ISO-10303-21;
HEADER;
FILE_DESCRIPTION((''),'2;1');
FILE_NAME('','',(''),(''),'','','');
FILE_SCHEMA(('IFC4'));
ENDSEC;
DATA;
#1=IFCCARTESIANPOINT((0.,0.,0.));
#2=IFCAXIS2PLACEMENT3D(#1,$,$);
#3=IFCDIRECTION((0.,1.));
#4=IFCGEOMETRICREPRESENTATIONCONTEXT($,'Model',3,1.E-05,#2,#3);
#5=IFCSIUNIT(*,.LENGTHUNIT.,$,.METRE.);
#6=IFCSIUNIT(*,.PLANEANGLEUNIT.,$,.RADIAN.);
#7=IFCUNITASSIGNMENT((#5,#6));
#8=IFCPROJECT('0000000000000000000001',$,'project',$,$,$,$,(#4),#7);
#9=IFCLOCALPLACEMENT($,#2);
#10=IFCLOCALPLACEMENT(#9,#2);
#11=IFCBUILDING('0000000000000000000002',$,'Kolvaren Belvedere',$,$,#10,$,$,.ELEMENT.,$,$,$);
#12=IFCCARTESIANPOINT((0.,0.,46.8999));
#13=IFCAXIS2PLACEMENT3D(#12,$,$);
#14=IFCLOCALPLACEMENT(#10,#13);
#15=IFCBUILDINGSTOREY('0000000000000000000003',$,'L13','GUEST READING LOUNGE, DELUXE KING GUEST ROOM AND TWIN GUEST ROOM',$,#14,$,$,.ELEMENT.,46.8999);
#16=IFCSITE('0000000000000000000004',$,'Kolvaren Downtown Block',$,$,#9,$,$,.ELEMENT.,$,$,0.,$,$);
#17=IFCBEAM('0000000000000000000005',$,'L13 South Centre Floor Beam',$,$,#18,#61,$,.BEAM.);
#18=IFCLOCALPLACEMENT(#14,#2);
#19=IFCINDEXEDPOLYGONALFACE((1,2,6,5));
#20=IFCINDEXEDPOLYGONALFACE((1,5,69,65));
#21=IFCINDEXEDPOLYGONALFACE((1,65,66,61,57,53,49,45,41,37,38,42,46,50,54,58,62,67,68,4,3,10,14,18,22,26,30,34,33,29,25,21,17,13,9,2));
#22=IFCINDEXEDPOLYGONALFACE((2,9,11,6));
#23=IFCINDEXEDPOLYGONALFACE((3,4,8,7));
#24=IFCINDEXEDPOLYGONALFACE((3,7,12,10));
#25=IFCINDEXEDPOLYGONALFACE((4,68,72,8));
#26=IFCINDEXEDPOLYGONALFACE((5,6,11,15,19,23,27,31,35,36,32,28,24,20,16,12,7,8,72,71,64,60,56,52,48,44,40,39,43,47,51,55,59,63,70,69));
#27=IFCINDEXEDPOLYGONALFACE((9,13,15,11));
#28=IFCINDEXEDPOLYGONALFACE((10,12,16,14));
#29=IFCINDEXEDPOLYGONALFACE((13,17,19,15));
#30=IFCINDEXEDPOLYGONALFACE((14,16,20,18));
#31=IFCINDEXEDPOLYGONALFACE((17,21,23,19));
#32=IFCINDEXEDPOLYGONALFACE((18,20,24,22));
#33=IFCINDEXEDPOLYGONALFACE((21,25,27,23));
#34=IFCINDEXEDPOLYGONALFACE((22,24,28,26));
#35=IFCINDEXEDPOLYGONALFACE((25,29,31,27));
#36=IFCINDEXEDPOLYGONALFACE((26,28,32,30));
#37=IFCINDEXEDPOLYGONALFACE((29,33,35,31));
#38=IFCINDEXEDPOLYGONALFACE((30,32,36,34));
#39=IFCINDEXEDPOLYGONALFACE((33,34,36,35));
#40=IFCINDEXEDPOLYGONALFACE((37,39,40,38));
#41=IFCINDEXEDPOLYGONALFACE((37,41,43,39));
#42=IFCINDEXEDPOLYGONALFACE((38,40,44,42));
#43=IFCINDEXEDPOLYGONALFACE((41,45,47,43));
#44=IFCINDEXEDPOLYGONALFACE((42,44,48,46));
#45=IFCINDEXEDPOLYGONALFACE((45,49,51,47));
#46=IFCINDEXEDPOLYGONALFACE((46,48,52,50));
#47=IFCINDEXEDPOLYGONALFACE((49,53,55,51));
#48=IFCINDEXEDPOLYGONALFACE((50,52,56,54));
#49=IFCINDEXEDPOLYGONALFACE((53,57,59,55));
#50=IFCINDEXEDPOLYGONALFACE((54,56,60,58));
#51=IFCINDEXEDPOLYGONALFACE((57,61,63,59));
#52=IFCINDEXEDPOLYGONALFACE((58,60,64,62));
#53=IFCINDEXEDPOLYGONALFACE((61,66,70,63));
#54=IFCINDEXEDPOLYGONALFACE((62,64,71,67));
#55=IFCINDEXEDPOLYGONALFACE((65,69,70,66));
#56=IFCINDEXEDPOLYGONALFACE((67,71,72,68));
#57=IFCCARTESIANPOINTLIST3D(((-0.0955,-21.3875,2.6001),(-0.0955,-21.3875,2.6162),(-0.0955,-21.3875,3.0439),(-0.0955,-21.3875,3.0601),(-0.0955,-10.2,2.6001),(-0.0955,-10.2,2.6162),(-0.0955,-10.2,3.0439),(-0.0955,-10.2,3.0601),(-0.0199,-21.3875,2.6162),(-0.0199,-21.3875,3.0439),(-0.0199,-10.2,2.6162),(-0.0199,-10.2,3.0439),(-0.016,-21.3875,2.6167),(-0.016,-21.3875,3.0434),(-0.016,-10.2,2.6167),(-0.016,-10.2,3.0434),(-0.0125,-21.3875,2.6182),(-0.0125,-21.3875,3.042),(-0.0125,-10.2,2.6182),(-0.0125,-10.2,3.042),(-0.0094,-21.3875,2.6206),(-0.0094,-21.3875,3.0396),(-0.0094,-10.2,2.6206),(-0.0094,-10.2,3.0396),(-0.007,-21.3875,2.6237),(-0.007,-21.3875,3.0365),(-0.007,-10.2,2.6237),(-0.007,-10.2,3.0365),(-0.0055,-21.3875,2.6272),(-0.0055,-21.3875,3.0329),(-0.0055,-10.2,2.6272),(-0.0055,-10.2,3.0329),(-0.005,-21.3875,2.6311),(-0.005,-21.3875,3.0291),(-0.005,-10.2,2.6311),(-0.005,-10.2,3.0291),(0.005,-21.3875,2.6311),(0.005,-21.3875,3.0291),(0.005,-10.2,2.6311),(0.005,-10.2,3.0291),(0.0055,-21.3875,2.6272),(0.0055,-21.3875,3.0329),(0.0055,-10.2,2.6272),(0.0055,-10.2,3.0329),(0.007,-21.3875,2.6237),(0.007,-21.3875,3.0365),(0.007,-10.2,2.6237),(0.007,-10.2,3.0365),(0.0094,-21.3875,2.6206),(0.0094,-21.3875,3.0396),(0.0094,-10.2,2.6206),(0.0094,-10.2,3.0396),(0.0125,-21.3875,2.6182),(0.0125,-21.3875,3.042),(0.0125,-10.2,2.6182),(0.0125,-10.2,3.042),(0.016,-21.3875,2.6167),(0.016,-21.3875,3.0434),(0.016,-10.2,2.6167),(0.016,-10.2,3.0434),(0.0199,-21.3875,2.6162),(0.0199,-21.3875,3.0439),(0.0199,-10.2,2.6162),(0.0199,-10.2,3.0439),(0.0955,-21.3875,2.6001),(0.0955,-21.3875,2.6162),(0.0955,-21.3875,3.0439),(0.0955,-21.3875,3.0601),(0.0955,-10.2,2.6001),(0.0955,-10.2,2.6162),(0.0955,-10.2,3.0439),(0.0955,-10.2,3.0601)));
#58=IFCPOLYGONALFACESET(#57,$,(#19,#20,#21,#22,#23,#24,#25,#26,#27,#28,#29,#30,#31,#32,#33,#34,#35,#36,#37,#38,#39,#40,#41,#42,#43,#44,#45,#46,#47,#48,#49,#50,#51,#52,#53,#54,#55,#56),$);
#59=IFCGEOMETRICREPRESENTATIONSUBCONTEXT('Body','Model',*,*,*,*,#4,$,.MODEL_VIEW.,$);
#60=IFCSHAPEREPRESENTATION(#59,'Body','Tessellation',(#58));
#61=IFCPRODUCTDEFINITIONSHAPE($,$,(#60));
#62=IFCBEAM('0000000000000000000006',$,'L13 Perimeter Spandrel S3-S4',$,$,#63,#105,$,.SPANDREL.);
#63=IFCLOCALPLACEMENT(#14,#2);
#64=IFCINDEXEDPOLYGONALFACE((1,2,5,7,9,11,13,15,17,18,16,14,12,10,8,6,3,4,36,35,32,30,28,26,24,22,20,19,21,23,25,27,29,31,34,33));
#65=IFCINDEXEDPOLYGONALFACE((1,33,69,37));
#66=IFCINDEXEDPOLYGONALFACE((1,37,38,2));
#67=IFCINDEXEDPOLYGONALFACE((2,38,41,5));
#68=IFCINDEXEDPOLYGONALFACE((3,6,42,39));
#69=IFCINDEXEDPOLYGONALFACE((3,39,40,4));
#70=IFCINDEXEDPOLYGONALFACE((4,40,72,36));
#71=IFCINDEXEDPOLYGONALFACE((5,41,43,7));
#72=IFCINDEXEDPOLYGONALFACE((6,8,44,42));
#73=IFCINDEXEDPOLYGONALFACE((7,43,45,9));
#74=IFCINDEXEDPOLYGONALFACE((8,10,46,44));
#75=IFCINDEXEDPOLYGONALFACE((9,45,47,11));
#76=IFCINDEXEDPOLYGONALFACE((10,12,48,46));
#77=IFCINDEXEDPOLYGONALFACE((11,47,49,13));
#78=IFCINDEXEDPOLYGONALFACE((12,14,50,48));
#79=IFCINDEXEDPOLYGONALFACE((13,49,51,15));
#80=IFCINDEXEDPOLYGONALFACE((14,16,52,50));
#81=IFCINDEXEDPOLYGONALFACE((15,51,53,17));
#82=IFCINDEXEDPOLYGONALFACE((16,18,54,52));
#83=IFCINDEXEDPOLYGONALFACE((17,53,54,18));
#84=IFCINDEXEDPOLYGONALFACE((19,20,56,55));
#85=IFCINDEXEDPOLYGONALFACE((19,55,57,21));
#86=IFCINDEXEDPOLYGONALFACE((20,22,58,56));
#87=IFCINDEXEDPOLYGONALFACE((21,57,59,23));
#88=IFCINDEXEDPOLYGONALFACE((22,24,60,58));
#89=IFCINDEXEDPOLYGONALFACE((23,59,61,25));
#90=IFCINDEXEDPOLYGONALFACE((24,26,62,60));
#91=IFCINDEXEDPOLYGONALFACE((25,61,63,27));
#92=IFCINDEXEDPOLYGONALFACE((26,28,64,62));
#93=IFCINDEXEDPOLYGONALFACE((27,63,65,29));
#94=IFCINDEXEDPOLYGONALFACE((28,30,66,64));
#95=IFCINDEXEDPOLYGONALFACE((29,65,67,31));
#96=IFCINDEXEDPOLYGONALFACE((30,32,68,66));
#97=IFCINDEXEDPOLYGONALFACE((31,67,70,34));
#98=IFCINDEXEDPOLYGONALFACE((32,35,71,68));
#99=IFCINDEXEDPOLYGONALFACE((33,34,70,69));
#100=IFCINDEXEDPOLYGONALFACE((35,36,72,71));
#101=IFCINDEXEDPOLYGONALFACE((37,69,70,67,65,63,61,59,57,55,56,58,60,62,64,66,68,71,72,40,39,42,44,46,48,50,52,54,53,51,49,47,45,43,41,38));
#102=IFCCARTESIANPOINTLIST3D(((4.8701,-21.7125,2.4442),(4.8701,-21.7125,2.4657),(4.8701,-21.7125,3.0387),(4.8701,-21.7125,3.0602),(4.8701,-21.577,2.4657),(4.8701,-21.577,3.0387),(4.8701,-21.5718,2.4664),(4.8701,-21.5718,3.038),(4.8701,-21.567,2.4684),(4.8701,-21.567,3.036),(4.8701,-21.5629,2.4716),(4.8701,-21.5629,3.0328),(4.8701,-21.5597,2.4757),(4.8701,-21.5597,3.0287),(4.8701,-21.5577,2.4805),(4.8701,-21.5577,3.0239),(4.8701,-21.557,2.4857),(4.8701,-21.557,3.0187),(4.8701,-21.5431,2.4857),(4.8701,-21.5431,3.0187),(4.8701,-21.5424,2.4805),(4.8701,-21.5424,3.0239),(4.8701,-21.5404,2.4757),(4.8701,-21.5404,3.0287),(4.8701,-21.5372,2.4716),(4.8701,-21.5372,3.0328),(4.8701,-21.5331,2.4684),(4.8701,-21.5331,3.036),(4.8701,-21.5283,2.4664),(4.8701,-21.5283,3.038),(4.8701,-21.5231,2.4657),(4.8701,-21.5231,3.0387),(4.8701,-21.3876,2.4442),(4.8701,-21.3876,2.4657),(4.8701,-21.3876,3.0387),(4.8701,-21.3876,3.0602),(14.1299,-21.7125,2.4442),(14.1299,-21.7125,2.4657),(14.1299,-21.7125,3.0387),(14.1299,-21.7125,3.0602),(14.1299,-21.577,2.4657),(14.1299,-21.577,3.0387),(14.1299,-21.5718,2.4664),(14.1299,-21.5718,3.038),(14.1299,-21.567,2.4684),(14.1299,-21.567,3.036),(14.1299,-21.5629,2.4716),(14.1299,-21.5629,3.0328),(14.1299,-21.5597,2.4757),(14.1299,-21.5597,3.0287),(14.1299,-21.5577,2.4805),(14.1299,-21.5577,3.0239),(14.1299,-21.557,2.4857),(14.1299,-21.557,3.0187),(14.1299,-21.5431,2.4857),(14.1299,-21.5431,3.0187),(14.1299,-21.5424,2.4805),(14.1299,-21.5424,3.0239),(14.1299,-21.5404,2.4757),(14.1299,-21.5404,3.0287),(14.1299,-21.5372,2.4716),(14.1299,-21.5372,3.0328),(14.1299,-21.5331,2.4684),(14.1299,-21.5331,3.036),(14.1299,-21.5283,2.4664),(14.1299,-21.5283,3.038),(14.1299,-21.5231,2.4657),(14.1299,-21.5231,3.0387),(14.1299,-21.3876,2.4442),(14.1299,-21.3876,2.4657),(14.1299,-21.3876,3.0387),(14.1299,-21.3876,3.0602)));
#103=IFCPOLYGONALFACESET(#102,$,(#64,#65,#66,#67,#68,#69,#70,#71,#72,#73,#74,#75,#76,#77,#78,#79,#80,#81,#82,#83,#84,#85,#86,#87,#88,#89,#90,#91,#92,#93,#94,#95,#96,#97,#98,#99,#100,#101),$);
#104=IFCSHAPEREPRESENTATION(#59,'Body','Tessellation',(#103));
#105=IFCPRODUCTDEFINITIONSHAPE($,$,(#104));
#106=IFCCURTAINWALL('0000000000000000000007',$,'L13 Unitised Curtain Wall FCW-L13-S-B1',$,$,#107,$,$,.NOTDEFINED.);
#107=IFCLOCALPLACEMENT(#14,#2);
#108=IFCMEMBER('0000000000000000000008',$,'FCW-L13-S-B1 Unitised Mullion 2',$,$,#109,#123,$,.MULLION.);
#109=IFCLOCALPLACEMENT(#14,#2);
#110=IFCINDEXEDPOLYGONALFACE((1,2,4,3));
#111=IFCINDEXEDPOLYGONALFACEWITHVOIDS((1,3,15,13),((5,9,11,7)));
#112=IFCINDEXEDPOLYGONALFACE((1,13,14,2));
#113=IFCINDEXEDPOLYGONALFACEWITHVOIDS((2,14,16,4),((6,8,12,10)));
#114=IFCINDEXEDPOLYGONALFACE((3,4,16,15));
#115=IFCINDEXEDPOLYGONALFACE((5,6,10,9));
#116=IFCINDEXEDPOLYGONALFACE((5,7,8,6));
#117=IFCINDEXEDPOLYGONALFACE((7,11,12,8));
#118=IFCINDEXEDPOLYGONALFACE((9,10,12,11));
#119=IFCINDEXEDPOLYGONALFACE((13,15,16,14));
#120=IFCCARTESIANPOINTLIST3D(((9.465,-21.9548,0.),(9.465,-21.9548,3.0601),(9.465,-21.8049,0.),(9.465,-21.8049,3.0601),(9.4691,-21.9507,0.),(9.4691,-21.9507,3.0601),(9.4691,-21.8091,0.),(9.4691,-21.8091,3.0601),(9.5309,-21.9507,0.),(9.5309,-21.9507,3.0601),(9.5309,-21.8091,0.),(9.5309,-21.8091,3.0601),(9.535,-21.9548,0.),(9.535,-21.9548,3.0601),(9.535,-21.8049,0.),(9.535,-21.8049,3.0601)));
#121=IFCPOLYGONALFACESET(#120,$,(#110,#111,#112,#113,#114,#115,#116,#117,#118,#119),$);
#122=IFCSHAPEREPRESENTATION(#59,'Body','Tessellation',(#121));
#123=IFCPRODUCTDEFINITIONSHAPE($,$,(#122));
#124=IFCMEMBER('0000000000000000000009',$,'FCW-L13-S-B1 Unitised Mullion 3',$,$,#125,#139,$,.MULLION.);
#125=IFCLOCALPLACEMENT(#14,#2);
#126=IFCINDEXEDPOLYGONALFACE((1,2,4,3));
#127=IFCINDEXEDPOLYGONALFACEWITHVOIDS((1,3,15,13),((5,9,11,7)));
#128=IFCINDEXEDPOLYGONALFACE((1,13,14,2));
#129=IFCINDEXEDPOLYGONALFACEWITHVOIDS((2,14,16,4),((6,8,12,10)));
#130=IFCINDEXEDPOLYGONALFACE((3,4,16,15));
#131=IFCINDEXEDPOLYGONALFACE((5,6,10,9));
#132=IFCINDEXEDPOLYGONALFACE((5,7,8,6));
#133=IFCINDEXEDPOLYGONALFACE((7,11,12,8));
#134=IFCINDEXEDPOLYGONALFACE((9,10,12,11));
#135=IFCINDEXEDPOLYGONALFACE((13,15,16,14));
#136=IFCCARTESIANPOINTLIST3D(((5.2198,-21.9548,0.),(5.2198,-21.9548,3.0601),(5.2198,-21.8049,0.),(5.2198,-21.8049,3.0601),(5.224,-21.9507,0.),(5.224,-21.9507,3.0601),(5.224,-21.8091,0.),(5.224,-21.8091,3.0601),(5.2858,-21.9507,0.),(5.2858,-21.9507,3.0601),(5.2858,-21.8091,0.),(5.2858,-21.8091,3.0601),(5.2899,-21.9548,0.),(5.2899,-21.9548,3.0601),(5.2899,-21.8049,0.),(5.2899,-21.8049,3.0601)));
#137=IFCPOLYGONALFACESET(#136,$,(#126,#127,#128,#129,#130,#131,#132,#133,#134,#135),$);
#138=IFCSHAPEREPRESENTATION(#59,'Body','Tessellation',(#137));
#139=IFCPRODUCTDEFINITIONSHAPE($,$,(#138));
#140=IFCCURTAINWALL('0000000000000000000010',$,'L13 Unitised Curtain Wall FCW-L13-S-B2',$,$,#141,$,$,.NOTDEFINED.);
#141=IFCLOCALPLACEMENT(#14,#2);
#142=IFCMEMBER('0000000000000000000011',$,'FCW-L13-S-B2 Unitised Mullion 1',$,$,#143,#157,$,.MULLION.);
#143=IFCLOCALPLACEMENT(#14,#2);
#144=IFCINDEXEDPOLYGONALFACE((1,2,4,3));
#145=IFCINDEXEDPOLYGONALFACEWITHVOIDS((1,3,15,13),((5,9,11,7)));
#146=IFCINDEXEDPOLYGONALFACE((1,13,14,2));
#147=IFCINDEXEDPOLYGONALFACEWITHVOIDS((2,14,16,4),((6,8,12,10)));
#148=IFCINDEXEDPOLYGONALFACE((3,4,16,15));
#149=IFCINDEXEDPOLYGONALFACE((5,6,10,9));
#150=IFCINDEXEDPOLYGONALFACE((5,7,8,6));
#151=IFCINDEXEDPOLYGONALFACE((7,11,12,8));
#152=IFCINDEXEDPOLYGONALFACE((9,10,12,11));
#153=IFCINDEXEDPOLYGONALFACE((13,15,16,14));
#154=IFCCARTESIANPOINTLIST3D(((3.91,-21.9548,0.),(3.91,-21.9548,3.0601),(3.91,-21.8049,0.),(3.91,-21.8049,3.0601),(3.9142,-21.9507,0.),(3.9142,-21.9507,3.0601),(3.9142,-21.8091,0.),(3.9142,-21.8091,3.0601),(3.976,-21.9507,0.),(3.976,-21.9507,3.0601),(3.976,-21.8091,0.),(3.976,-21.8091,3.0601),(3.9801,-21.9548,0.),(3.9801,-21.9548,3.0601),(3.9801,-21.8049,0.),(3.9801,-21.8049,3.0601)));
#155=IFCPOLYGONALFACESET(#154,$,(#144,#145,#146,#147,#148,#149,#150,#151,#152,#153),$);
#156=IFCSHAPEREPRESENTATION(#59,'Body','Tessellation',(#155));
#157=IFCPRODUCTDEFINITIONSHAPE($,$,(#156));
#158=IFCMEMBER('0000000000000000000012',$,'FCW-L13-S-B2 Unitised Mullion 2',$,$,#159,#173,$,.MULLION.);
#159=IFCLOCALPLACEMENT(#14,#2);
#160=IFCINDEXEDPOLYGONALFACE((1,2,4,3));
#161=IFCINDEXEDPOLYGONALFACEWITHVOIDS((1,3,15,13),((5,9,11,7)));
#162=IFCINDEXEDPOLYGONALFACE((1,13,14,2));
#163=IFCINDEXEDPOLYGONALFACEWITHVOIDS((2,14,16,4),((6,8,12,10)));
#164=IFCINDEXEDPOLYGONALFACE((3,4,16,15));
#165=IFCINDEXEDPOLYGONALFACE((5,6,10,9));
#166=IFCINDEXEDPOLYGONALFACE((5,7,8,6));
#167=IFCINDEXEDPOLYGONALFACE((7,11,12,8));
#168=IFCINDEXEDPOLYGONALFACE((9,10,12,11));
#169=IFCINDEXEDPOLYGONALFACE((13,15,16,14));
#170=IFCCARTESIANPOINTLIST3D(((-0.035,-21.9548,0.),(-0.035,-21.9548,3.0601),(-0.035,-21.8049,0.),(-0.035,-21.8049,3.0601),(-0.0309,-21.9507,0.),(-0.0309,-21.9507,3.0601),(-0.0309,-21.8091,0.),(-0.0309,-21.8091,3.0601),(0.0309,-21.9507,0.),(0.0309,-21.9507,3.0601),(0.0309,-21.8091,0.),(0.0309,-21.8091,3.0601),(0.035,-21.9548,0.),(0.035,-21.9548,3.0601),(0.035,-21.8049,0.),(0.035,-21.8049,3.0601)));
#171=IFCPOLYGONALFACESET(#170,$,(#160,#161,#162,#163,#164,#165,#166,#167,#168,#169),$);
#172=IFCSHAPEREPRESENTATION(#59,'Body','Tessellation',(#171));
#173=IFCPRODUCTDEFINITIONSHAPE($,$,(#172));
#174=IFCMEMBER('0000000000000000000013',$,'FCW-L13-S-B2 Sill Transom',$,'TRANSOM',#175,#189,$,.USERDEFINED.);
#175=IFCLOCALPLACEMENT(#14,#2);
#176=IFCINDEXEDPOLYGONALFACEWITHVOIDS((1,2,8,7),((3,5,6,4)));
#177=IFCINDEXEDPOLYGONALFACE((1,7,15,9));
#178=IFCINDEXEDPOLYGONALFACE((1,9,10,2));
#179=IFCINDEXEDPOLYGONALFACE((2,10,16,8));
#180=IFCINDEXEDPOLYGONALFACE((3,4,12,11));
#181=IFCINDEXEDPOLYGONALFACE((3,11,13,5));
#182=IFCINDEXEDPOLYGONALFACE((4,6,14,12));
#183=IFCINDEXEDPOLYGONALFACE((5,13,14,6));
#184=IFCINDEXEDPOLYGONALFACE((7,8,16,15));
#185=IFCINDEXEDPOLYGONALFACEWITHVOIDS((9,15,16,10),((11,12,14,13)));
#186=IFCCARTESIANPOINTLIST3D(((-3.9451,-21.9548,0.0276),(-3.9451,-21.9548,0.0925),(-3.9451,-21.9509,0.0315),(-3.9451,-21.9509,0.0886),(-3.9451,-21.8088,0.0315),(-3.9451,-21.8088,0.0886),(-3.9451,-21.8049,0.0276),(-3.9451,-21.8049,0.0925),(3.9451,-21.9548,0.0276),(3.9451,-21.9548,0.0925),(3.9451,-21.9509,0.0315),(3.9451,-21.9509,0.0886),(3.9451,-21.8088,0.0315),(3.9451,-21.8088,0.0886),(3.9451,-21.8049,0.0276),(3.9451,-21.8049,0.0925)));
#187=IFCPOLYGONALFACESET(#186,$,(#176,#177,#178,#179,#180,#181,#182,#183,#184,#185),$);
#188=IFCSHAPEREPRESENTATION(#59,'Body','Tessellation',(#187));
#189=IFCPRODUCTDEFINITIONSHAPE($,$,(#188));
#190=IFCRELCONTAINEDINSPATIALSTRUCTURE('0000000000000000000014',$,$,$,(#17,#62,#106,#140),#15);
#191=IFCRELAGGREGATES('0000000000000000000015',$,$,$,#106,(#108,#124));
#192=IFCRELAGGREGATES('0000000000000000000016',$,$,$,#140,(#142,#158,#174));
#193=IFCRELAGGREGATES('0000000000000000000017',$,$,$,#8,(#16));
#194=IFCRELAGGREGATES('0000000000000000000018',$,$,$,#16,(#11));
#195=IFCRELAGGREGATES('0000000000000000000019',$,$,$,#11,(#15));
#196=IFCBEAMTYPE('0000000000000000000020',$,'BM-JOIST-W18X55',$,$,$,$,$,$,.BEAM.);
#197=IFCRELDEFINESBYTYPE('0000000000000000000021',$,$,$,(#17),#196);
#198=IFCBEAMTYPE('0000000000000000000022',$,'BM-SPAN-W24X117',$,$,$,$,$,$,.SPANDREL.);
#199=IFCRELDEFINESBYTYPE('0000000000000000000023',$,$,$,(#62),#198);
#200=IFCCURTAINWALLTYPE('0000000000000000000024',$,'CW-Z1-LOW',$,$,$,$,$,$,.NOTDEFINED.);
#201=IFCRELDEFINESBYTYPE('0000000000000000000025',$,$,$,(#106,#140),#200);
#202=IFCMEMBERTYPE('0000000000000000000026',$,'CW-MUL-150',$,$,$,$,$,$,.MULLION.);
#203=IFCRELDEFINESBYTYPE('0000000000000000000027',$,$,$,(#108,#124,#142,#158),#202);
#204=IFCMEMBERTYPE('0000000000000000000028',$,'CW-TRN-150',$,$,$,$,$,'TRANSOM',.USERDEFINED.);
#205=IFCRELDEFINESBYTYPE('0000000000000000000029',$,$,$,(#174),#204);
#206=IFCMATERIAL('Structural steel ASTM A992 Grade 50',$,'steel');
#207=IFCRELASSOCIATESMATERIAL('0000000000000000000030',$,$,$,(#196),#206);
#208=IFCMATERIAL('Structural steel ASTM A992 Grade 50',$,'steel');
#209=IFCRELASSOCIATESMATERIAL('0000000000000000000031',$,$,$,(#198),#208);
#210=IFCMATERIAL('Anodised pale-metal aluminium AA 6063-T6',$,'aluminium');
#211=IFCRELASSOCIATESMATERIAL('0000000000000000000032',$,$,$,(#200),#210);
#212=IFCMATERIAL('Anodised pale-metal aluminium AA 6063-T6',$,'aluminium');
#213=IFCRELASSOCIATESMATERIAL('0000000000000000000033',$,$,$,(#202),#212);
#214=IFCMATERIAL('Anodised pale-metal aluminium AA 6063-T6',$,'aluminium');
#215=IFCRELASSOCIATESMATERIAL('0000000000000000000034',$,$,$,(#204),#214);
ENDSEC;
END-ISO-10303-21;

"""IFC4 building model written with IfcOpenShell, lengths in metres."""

from ifc_helpers import new_model, si_unit, direction, frame, origin, origin_2d, place, context, subcontext, project, spatial, hollow_rectangle, i_section, extrude, material, material_profile, profile_set, type_object, element, aggregate, save


model = new_model("IFC4")

# Units and contexts
model_context = context("Model", 3, precision=1e-05, world=origin(), true_north=direction((0.0, 1.0)))
body_context = subcontext(model_context, "Body", "Model", "MODEL_VIEW")
ifc_project = project(units=[si_unit("LENGTHUNIT", "METRE"), si_unit("PLANEANGLEUNIT", "RADIAN")], contexts=[model_context])

# Site, building, storey
site_placement = place(None, origin())
site = spatial("IfcSite", under=ifc_project, at=site_placement, Name="Kolvaren Downtown Block", CompositionType="ELEMENT", RefElevation=0.0)
building_placement = place(site_placement, origin())
building = spatial("IfcBuilding", under=site, at=building_placement, Name="Kolvaren Belvedere", CompositionType="ELEMENT")
storey_placement = place(building_placement, frame((0.0, 0.0, 46.8999)))
storey = spatial("IfcBuildingStorey", under=building, at=storey_placement, Name="L13", Description="GUEST READING LOUNGE, DELUXE KING GUEST ROOM AND TWIN GUEST ROOM", CompositionType="ELEMENT", Elevation=46.8999)

# Beams
ifc_material_1 = material(Name="Structural steel ASTM A992 Grade 50", Category="steel")
ifc_material_profile_1 = material_profile(ifc_material_1, i_section(OverallWidth=0.1909, OverallDepth=0.46, WebThickness=0.01, FlangeThickness=0.0161, FilletRadius=0.0149, at=origin_2d()), Name="W18X55")
ifc_profile_set_1 = profile_set([ifc_material_profile_1], Name="Structural steel ASTM A992 Grade 50")
beam_type_1 = type_object("IfcBeamType", Name="BM-JOIST-W18X55", PredefinedType="BEAM", material=ifc_profile_set_1)
beam_1_placement = place(storey_placement, frame((0.0, -10.2, 2.8301), z_axis=(0.0, -1.0, 0.0), x_axis=(1.0, 0.0, 0.0)))
element("IfcBeam", 1, at=beam_1_placement, inside=storey, type_object=beam_type_1, Name="L13 South Centre Floor Beam", PredefinedType="BEAM", context=body_context, shape_type="SweptSolid", body=[
    extrude(i_section(OverallWidth=0.1909, OverallDepth=0.46, WebThickness=0.01, FlangeThickness=0.0161, FilletRadius=0.0149, at=origin_2d()), origin(), (0.0, 0.0, 1.0), 11.1875),
])
ifc_material_2 = material(Name="Structural steel ASTM A992 Grade 50", Category="steel")
ifc_material_profile_2 = material_profile(ifc_material_2, i_section(OverallWidth=0.325, OverallDepth=0.616, WebThickness=0.0139, FlangeThickness=0.0215, FilletRadius=0.02, at=origin_2d()), Name="W24X117")
ifc_profile_set_2 = profile_set([ifc_material_profile_2], Name="Structural steel ASTM A992 Grade 50")
beam_type_2 = type_object("IfcBeamType", Name="BM-SPAN-W24X117", PredefinedType="SPANDREL", material=ifc_profile_set_2)
beam_2_placement = place(storey_placement, frame((4.8701, -21.55, 2.7522), z_axis=(1.0, 0.0, 0.0), x_axis=(0.0, 1.0, 0.0)))
element("IfcBeam", 2, at=beam_2_placement, inside=storey, type_object=beam_type_2, Name="L13 Perimeter Spandrel S3-S4", PredefinedType="SPANDREL", context=body_context, shape_type="SweptSolid", body=[
    extrude(i_section(OverallWidth=0.325, OverallDepth=0.616, WebThickness=0.0139, FlangeThickness=0.0215, FilletRadius=0.02, at=origin_2d()), origin(), (0.0, 0.0, 1.0), 9.2598),
])

# Curtain walls, members
ifc_material_3 = material(Name="Anodised pale-metal aluminium AA 6063-T6", Category="aluminium")
curtain_wall_type = type_object("IfcCurtainWallType", Name="CW-Z1-LOW", PredefinedType="NOTDEFINED", material=ifc_material_3)
curtain_wall_1_placement = place(storey_placement, origin())
curtain_wall_1 = element("IfcCurtainWall", 3, at=curtain_wall_1_placement, inside=storey, type_object=curtain_wall_type, Name="L13 Unitised Curtain Wall FCW-L13-S-B1", PredefinedType="NOTDEFINED")
ifc_material_4 = material(Name="Anodised pale-metal aluminium AA 6063-T6", Category="aluminium")
ifc_material_profile_3 = material_profile(ifc_material_4, hollow_rectangle(XDim=0.0701, YDim=0.1499, WallThickness=0.0042, at=origin_2d()), Name="ALU-MUL-150X70")
ifc_profile_set_3 = profile_set([ifc_material_profile_3], Name="Anodised pale-metal aluminium AA 6063-T6")
member_type_1 = type_object("IfcMemberType", Name="CW-MUL-150", PredefinedType="MULLION", material=ifc_profile_set_3)
member_1_placement = place(storey_placement, frame((9.5, -21.8799, 0.0), z_axis=(0.0, 0.0, 1.0), x_axis=(1.0, 0.0, 0.0)))
member_1 = element("IfcMember", 4, at=member_1_placement, type_object=member_type_1, Name="FCW-L13-S-B1 Unitised Mullion 2", PredefinedType="MULLION", context=body_context, shape_type="SweptSolid", body=[
    extrude(hollow_rectangle(XDim=0.0701, YDim=0.1499, WallThickness=0.0042, at=origin_2d()), origin(), (0.0, 0.0, 1.0), 3.0601),
])
member_2_placement = place(storey_placement, frame((5.2549, -21.8799, 0.0), z_axis=(0.0, 0.0, 1.0), x_axis=(1.0, 0.0, 0.0)))
member_2 = element("IfcMember", 5, at=member_2_placement, type_object=member_type_1, Name="FCW-L13-S-B1 Unitised Mullion 3", PredefinedType="MULLION", context=body_context, shape_type="SweptSolid", body=[
    extrude(hollow_rectangle(XDim=0.0701, YDim=0.1499, WallThickness=0.0042, at=origin_2d()), origin(), (0.0, 0.0, 1.0), 3.0601),
])
curtain_wall_2_placement = place(storey_placement, origin())
curtain_wall_2 = element("IfcCurtainWall", 6, at=curtain_wall_2_placement, inside=storey, type_object=curtain_wall_type, Name="L13 Unitised Curtain Wall FCW-L13-S-B2", PredefinedType="NOTDEFINED")
member_3_placement = place(storey_placement, frame((3.9451, -21.8799, 0.0), z_axis=(0.0, 0.0, 1.0), x_axis=(1.0, 0.0, 0.0)))
member_3 = element("IfcMember", 7, at=member_3_placement, type_object=member_type_1, Name="FCW-L13-S-B2 Unitised Mullion 1", PredefinedType="MULLION", context=body_context, shape_type="SweptSolid", body=[
    extrude(hollow_rectangle(XDim=0.0701, YDim=0.1499, WallThickness=0.0042, at=origin_2d()), origin(), (0.0, 0.0, 1.0), 3.0601),
])
member_4_placement = place(storey_placement, frame((0.0, -21.8799, 0.0), z_axis=(0.0, 0.0, 1.0), x_axis=(1.0, 0.0, 0.0)))
member_4 = element("IfcMember", 8, at=member_4_placement, type_object=member_type_1, Name="FCW-L13-S-B2 Unitised Mullion 2", PredefinedType="MULLION", context=body_context, shape_type="SweptSolid", body=[
    extrude(hollow_rectangle(XDim=0.0701, YDim=0.1499, WallThickness=0.0042, at=origin_2d()), origin(), (0.0, 0.0, 1.0), 3.0601),
])
ifc_material_5 = material(Name="Anodised pale-metal aluminium AA 6063-T6", Category="aluminium")
ifc_material_profile_4 = material_profile(ifc_material_5, hollow_rectangle(XDim=0.0649, YDim=0.1499, WallThickness=0.0039, at=origin_2d()), Name="ALU-TRN-150X65")
ifc_profile_set_4 = profile_set([ifc_material_profile_4], Name="Anodised pale-metal aluminium AA 6063-T6")
member_type_2 = type_object("IfcMemberType", Name="CW-TRN-150", ElementType="TRANSOM", PredefinedType="USERDEFINED", material=ifc_profile_set_4)
member_5_placement = place(storey_placement, frame((3.9451, -21.8799, 0.0601), z_axis=(-1.0, 0.0, 0.0), x_axis=(0.0, 0.0, 1.0)))
member_5 = element("IfcMember", 9, at=member_5_placement, type_object=member_type_2, Name="FCW-L13-S-B2 Sill Transom", ObjectType="TRANSOM", PredefinedType="USERDEFINED", context=body_context, shape_type="SweptSolid", body=[
    extrude(hollow_rectangle(XDim=0.0649, YDim=0.1499, WallThickness=0.0039, at=origin_2d()), origin(), (0.0, 0.0, 1.0), 7.8901),
])

aggregate(curtain_wall_1, [member_1, member_2])
aggregate(curtain_wall_2, [member_3, member_4, member_5])

save(model, "model.ifc")
